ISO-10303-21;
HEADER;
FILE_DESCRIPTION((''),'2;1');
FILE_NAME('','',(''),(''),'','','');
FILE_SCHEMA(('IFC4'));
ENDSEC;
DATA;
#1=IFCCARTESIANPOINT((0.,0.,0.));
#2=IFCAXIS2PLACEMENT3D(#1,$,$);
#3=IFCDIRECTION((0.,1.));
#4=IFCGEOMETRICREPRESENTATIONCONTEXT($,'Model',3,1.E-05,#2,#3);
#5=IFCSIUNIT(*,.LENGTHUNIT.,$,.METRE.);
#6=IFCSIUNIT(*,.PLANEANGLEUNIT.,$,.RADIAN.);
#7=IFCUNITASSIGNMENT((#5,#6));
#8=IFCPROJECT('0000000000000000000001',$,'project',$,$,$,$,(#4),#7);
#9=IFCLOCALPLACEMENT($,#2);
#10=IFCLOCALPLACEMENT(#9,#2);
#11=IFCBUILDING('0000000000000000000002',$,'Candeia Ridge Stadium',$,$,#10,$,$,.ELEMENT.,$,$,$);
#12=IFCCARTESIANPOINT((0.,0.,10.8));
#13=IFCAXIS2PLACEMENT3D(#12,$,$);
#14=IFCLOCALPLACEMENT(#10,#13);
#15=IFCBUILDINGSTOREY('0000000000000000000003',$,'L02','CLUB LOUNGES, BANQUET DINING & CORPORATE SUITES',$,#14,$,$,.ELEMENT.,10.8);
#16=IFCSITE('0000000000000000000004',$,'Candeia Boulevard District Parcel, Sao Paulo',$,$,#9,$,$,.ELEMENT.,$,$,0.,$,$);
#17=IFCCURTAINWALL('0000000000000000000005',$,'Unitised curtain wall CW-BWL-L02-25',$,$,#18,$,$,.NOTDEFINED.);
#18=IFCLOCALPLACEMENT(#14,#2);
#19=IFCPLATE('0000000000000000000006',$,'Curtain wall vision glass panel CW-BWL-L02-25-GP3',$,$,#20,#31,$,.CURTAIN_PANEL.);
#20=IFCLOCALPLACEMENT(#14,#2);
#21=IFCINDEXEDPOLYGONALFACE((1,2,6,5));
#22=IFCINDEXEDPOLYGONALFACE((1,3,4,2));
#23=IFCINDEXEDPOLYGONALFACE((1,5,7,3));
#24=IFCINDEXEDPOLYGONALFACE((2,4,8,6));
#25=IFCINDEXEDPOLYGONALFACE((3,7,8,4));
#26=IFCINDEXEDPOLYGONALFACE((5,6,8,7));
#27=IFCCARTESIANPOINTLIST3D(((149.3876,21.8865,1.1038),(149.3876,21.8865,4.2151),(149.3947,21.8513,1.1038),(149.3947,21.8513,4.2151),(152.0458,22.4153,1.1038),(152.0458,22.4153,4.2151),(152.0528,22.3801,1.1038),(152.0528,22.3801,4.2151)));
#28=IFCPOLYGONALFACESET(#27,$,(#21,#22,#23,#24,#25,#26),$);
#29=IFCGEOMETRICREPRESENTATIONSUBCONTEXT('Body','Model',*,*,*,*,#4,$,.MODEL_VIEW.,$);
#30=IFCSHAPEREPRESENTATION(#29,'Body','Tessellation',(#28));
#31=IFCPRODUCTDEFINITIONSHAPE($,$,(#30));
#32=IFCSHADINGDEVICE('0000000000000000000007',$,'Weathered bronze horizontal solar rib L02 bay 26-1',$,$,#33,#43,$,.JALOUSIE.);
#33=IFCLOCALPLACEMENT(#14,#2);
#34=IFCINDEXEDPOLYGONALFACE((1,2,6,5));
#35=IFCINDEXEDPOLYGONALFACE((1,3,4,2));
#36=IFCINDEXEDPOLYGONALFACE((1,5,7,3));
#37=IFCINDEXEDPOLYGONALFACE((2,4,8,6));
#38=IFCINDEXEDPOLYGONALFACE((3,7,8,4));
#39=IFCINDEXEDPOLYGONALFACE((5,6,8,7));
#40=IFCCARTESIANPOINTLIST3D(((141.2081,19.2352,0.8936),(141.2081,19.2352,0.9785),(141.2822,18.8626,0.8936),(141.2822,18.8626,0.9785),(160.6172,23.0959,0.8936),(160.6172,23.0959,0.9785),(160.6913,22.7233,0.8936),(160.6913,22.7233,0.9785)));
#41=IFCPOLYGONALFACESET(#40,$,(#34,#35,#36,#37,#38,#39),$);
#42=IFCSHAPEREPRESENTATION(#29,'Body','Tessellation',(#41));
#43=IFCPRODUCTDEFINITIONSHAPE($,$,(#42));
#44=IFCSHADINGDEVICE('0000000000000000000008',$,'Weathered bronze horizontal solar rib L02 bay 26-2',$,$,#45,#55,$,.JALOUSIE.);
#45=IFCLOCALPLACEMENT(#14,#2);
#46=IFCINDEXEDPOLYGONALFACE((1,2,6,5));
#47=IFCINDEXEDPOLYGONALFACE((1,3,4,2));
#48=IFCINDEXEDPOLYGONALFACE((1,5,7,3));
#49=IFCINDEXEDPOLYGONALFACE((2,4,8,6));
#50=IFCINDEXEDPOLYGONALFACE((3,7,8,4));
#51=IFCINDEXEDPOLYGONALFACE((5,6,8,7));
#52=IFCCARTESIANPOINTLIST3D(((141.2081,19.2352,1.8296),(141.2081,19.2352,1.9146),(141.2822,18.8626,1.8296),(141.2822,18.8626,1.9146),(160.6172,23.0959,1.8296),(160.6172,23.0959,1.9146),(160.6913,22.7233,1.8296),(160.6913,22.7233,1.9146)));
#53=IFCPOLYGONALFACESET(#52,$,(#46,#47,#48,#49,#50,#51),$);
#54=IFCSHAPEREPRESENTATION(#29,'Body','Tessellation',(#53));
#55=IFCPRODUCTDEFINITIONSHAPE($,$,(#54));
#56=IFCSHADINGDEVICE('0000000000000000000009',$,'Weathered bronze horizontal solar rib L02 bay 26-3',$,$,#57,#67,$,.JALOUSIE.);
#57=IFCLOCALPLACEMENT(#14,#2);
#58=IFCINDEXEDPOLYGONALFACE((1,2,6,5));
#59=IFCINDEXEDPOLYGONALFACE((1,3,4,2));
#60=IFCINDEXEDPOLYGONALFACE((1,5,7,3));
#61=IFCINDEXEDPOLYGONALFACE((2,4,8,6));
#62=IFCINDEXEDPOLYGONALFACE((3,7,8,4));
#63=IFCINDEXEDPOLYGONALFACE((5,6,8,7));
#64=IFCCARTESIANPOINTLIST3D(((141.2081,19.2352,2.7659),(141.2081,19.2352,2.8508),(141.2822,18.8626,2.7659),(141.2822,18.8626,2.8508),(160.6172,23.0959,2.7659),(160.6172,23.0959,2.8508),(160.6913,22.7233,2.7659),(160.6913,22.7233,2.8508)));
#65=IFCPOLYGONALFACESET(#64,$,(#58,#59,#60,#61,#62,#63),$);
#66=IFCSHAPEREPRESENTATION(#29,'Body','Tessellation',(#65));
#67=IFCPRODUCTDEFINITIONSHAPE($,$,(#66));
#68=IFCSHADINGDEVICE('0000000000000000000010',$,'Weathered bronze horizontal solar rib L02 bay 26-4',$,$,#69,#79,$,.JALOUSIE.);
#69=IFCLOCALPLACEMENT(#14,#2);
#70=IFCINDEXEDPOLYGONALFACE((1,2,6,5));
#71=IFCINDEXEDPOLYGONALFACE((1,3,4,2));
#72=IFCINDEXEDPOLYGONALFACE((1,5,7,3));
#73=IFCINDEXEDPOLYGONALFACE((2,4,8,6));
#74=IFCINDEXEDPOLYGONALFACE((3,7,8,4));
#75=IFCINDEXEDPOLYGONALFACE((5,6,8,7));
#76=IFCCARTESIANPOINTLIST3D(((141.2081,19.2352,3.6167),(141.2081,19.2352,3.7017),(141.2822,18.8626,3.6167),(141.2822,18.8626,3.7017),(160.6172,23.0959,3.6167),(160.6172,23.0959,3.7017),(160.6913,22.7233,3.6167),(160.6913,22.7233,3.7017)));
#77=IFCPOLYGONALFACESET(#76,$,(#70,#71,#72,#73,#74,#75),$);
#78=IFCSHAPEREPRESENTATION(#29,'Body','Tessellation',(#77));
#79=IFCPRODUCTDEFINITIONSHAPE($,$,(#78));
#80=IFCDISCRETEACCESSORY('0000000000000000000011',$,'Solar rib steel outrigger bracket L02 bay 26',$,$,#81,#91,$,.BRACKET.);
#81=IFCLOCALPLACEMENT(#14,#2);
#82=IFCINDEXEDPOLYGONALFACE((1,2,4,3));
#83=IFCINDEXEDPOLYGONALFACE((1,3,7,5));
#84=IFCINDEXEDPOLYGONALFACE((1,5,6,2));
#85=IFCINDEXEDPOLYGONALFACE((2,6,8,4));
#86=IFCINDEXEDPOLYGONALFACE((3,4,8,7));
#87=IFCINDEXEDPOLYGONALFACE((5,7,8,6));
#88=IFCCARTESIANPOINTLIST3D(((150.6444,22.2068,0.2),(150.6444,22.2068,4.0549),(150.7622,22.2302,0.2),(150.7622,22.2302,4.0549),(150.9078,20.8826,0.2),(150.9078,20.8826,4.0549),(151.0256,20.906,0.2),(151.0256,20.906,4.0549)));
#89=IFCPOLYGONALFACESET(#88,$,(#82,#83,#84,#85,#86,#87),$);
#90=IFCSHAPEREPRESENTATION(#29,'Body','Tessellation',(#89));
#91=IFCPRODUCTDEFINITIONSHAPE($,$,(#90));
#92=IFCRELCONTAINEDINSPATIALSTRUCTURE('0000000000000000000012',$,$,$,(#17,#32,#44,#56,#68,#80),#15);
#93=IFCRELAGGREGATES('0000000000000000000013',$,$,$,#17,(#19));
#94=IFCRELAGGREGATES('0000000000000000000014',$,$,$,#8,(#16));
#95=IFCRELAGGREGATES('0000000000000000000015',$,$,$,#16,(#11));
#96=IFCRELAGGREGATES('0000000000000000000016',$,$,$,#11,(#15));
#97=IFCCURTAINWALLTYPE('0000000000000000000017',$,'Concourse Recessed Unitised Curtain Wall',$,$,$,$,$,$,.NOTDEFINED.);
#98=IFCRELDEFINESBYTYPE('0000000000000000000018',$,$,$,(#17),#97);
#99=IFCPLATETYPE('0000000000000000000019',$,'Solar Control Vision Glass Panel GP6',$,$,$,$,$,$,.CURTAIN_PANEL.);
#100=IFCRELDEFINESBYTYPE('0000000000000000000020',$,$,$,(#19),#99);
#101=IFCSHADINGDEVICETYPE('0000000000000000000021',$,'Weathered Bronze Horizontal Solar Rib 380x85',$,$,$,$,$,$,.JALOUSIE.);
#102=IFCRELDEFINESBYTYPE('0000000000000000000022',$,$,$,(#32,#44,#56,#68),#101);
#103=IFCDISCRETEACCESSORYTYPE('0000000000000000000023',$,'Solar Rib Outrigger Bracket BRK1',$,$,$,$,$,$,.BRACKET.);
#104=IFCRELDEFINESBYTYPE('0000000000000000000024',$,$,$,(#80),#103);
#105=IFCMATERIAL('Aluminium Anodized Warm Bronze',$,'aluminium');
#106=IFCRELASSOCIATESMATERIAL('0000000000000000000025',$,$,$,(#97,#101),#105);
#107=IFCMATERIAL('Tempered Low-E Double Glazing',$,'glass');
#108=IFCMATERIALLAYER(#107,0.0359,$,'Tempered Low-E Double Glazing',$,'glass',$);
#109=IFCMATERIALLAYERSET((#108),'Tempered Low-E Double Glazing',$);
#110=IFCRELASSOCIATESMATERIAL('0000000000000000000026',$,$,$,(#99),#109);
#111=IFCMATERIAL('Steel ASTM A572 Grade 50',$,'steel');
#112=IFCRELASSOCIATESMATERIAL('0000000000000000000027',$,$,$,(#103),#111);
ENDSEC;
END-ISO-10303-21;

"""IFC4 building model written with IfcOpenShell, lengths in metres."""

from ifc_helpers import new_model, si_unit, direction, frame, origin, origin_2d, place, context, subcontext, project, spatial, rectangle, extrude, material, layer, layer_set, type_object, element, aggregate, save


model = new_model("IFC4")

# Units and contexts
model_context = context("Model", 3, precision=1e-05, world=origin(), true_north=direction((0.0, 1.0)))
body_context = subcontext(model_context, "Body", "Model", "MODEL_VIEW")
ifc_project = project(units=[si_unit("LENGTHUNIT", "METRE"), si_unit("PLANEANGLEUNIT", "RADIAN")], contexts=[model_context])

# Site, building, storey
site_placement = place(None, origin())
site = spatial("IfcSite", under=ifc_project, at=site_placement, Name="Candeia Boulevard District Parcel, Sao Paulo", CompositionType="ELEMENT", RefElevation=0.0)
building_placement = place(site_placement, origin())
building = spatial("IfcBuilding", under=site, at=building_placement, Name="Candeia Ridge Stadium", CompositionType="ELEMENT")
storey_placement = place(building_placement, frame((0.0, 0.0, 10.8)))
storey = spatial("IfcBuildingStorey", under=building, at=storey_placement, Name="L02", Description="CLUB LOUNGES, BANQUET DINING & CORPORATE SUITES", CompositionType="ELEMENT", Elevation=10.8)

# Curtain wall, plate
ifc_material_1 = material(Name="Aluminium Anodized Warm Bronze", Category="aluminium")
curtain_wall_type = type_object("IfcCurtainWallType", Name="Concourse Recessed Unitised Curtain Wall", PredefinedType="NOTDEFINED", material=ifc_material_1)
curtain_wall_placement = place(storey_placement, origin())
curtain_wall = element("IfcCurtainWall", 1, at=curtain_wall_placement, inside=storey, type_object=curtain_wall_type, Name="Unitised curtain wall CW-BWL-L02-25", PredefinedType="NOTDEFINED")
ifc_material_2 = material(Name="Tempered Low-E Double Glazing", Category="glass")
ifc_layer_1 = layer(ifc_material_2, 0.0359, Name="Tempered Low-E Double Glazing", Category="glass")
ifc_layer_set_1 = layer_set([ifc_layer_1], Name="Tempered Low-E Double Glazing")
plate_type_1 = type_object("IfcPlateType", Name="Solar Control Vision Glass Panel GP6", PredefinedType="CURTAIN_PANEL", material=ifc_layer_set_1)
plate_1_placement = place(storey_placement, frame((150.7202, 22.1333, 1.1038), z_axis=(0.0, 0.0, 1.0), x_axis=(0.980785, 0.19509, 0.0)))
plate_1 = element("IfcPlate", 2, at=plate_1_placement, type_object=plate_type_1, Name="Curtain wall vision glass panel CW-BWL-L02-25-GP3", PredefinedType="CURTAIN_PANEL", context=body_context, shape_type="SweptSolid", body=[
    extrude(rectangle(XDim=2.7102, YDim=0.0359, at=origin_2d()), origin(), (0.0, 0.0, 1.0), 3.1113),
])
aggregate(curtain_wall, [plate_1])

# Shading devices
shading_device_type = type_object("IfcShadingDeviceType", Name="Weathered Bronze Horizontal Solar Rib 380x85", PredefinedType="JALOUSIE", material=ifc_material_1)
for number, where, z_axis, x_axis, name in (
    (3, (150.9497, 20.9792, 0.8936), (0.0, 0.0, 1.0), (0.980785, 0.19509, 0.0), "Weathered bronze horizontal solar rib L02 bay 26-1"),
    (4, (150.9497, 20.9792, 1.8296), (0.0, 0.0, 1.0), (0.980785, 0.19509, 0.0), "Weathered bronze horizontal solar rib L02 bay 26-2"),
    (5, (150.9497, 20.9792, 2.7659), (0.0, 0.0, 1.0), (0.980785, 0.19509, 0.0), "Weathered bronze horizontal solar rib L02 bay 26-3"),
    (6, (150.9497, 20.9792, 3.6167), (0.0, 0.0, 1.0), (0.980785, 0.19509, 0.0), "Weathered bronze horizontal solar rib L02 bay 26-4"),
):
    element("IfcShadingDevice", number, at=place(storey_placement, frame(where, z_axis=z_axis, x_axis=x_axis)), inside=storey, type_object=shading_device_type, Name=name, PredefinedType="JALOUSIE", context=body_context, shape_type="SweptSolid", body=[
        extrude(rectangle(XDim=19.7893, YDim=0.3799, at=origin_2d()), origin(), (0.0, 0.0, 1.0), 0.085),
    ])

# Discrete accessory
ifc_material_3 = material(Name="Steel ASTM A572 Grade 50", Category="steel")
discrete_accessory_type = type_object("IfcDiscreteAccessoryType", Name="Solar Rib Outrigger Bracket BRK1", PredefinedType="BRACKET", material=ifc_material_3)
discrete_accessory_placement = place(storey_placement, frame((150.835, 21.5564, 0.2), z_axis=(0.0, 0.0, 1.0), x_axis=(0.19509, -0.980785, 0.0)))
element("IfcDiscreteAccessory", 7, at=discrete_accessory_placement, inside=storey, type_object=discrete_accessory_type, Name="Solar rib steel outrigger bracket L02 bay 26", PredefinedType="BRACKET", context=body_context, shape_type="SweptSolid", body=[
    extrude(rectangle(XDim=1.3501, YDim=0.1201, at=origin_2d()), origin(), (0.0, 0.0, 1.0), 3.855),
])

save(model, "model.ifc")
